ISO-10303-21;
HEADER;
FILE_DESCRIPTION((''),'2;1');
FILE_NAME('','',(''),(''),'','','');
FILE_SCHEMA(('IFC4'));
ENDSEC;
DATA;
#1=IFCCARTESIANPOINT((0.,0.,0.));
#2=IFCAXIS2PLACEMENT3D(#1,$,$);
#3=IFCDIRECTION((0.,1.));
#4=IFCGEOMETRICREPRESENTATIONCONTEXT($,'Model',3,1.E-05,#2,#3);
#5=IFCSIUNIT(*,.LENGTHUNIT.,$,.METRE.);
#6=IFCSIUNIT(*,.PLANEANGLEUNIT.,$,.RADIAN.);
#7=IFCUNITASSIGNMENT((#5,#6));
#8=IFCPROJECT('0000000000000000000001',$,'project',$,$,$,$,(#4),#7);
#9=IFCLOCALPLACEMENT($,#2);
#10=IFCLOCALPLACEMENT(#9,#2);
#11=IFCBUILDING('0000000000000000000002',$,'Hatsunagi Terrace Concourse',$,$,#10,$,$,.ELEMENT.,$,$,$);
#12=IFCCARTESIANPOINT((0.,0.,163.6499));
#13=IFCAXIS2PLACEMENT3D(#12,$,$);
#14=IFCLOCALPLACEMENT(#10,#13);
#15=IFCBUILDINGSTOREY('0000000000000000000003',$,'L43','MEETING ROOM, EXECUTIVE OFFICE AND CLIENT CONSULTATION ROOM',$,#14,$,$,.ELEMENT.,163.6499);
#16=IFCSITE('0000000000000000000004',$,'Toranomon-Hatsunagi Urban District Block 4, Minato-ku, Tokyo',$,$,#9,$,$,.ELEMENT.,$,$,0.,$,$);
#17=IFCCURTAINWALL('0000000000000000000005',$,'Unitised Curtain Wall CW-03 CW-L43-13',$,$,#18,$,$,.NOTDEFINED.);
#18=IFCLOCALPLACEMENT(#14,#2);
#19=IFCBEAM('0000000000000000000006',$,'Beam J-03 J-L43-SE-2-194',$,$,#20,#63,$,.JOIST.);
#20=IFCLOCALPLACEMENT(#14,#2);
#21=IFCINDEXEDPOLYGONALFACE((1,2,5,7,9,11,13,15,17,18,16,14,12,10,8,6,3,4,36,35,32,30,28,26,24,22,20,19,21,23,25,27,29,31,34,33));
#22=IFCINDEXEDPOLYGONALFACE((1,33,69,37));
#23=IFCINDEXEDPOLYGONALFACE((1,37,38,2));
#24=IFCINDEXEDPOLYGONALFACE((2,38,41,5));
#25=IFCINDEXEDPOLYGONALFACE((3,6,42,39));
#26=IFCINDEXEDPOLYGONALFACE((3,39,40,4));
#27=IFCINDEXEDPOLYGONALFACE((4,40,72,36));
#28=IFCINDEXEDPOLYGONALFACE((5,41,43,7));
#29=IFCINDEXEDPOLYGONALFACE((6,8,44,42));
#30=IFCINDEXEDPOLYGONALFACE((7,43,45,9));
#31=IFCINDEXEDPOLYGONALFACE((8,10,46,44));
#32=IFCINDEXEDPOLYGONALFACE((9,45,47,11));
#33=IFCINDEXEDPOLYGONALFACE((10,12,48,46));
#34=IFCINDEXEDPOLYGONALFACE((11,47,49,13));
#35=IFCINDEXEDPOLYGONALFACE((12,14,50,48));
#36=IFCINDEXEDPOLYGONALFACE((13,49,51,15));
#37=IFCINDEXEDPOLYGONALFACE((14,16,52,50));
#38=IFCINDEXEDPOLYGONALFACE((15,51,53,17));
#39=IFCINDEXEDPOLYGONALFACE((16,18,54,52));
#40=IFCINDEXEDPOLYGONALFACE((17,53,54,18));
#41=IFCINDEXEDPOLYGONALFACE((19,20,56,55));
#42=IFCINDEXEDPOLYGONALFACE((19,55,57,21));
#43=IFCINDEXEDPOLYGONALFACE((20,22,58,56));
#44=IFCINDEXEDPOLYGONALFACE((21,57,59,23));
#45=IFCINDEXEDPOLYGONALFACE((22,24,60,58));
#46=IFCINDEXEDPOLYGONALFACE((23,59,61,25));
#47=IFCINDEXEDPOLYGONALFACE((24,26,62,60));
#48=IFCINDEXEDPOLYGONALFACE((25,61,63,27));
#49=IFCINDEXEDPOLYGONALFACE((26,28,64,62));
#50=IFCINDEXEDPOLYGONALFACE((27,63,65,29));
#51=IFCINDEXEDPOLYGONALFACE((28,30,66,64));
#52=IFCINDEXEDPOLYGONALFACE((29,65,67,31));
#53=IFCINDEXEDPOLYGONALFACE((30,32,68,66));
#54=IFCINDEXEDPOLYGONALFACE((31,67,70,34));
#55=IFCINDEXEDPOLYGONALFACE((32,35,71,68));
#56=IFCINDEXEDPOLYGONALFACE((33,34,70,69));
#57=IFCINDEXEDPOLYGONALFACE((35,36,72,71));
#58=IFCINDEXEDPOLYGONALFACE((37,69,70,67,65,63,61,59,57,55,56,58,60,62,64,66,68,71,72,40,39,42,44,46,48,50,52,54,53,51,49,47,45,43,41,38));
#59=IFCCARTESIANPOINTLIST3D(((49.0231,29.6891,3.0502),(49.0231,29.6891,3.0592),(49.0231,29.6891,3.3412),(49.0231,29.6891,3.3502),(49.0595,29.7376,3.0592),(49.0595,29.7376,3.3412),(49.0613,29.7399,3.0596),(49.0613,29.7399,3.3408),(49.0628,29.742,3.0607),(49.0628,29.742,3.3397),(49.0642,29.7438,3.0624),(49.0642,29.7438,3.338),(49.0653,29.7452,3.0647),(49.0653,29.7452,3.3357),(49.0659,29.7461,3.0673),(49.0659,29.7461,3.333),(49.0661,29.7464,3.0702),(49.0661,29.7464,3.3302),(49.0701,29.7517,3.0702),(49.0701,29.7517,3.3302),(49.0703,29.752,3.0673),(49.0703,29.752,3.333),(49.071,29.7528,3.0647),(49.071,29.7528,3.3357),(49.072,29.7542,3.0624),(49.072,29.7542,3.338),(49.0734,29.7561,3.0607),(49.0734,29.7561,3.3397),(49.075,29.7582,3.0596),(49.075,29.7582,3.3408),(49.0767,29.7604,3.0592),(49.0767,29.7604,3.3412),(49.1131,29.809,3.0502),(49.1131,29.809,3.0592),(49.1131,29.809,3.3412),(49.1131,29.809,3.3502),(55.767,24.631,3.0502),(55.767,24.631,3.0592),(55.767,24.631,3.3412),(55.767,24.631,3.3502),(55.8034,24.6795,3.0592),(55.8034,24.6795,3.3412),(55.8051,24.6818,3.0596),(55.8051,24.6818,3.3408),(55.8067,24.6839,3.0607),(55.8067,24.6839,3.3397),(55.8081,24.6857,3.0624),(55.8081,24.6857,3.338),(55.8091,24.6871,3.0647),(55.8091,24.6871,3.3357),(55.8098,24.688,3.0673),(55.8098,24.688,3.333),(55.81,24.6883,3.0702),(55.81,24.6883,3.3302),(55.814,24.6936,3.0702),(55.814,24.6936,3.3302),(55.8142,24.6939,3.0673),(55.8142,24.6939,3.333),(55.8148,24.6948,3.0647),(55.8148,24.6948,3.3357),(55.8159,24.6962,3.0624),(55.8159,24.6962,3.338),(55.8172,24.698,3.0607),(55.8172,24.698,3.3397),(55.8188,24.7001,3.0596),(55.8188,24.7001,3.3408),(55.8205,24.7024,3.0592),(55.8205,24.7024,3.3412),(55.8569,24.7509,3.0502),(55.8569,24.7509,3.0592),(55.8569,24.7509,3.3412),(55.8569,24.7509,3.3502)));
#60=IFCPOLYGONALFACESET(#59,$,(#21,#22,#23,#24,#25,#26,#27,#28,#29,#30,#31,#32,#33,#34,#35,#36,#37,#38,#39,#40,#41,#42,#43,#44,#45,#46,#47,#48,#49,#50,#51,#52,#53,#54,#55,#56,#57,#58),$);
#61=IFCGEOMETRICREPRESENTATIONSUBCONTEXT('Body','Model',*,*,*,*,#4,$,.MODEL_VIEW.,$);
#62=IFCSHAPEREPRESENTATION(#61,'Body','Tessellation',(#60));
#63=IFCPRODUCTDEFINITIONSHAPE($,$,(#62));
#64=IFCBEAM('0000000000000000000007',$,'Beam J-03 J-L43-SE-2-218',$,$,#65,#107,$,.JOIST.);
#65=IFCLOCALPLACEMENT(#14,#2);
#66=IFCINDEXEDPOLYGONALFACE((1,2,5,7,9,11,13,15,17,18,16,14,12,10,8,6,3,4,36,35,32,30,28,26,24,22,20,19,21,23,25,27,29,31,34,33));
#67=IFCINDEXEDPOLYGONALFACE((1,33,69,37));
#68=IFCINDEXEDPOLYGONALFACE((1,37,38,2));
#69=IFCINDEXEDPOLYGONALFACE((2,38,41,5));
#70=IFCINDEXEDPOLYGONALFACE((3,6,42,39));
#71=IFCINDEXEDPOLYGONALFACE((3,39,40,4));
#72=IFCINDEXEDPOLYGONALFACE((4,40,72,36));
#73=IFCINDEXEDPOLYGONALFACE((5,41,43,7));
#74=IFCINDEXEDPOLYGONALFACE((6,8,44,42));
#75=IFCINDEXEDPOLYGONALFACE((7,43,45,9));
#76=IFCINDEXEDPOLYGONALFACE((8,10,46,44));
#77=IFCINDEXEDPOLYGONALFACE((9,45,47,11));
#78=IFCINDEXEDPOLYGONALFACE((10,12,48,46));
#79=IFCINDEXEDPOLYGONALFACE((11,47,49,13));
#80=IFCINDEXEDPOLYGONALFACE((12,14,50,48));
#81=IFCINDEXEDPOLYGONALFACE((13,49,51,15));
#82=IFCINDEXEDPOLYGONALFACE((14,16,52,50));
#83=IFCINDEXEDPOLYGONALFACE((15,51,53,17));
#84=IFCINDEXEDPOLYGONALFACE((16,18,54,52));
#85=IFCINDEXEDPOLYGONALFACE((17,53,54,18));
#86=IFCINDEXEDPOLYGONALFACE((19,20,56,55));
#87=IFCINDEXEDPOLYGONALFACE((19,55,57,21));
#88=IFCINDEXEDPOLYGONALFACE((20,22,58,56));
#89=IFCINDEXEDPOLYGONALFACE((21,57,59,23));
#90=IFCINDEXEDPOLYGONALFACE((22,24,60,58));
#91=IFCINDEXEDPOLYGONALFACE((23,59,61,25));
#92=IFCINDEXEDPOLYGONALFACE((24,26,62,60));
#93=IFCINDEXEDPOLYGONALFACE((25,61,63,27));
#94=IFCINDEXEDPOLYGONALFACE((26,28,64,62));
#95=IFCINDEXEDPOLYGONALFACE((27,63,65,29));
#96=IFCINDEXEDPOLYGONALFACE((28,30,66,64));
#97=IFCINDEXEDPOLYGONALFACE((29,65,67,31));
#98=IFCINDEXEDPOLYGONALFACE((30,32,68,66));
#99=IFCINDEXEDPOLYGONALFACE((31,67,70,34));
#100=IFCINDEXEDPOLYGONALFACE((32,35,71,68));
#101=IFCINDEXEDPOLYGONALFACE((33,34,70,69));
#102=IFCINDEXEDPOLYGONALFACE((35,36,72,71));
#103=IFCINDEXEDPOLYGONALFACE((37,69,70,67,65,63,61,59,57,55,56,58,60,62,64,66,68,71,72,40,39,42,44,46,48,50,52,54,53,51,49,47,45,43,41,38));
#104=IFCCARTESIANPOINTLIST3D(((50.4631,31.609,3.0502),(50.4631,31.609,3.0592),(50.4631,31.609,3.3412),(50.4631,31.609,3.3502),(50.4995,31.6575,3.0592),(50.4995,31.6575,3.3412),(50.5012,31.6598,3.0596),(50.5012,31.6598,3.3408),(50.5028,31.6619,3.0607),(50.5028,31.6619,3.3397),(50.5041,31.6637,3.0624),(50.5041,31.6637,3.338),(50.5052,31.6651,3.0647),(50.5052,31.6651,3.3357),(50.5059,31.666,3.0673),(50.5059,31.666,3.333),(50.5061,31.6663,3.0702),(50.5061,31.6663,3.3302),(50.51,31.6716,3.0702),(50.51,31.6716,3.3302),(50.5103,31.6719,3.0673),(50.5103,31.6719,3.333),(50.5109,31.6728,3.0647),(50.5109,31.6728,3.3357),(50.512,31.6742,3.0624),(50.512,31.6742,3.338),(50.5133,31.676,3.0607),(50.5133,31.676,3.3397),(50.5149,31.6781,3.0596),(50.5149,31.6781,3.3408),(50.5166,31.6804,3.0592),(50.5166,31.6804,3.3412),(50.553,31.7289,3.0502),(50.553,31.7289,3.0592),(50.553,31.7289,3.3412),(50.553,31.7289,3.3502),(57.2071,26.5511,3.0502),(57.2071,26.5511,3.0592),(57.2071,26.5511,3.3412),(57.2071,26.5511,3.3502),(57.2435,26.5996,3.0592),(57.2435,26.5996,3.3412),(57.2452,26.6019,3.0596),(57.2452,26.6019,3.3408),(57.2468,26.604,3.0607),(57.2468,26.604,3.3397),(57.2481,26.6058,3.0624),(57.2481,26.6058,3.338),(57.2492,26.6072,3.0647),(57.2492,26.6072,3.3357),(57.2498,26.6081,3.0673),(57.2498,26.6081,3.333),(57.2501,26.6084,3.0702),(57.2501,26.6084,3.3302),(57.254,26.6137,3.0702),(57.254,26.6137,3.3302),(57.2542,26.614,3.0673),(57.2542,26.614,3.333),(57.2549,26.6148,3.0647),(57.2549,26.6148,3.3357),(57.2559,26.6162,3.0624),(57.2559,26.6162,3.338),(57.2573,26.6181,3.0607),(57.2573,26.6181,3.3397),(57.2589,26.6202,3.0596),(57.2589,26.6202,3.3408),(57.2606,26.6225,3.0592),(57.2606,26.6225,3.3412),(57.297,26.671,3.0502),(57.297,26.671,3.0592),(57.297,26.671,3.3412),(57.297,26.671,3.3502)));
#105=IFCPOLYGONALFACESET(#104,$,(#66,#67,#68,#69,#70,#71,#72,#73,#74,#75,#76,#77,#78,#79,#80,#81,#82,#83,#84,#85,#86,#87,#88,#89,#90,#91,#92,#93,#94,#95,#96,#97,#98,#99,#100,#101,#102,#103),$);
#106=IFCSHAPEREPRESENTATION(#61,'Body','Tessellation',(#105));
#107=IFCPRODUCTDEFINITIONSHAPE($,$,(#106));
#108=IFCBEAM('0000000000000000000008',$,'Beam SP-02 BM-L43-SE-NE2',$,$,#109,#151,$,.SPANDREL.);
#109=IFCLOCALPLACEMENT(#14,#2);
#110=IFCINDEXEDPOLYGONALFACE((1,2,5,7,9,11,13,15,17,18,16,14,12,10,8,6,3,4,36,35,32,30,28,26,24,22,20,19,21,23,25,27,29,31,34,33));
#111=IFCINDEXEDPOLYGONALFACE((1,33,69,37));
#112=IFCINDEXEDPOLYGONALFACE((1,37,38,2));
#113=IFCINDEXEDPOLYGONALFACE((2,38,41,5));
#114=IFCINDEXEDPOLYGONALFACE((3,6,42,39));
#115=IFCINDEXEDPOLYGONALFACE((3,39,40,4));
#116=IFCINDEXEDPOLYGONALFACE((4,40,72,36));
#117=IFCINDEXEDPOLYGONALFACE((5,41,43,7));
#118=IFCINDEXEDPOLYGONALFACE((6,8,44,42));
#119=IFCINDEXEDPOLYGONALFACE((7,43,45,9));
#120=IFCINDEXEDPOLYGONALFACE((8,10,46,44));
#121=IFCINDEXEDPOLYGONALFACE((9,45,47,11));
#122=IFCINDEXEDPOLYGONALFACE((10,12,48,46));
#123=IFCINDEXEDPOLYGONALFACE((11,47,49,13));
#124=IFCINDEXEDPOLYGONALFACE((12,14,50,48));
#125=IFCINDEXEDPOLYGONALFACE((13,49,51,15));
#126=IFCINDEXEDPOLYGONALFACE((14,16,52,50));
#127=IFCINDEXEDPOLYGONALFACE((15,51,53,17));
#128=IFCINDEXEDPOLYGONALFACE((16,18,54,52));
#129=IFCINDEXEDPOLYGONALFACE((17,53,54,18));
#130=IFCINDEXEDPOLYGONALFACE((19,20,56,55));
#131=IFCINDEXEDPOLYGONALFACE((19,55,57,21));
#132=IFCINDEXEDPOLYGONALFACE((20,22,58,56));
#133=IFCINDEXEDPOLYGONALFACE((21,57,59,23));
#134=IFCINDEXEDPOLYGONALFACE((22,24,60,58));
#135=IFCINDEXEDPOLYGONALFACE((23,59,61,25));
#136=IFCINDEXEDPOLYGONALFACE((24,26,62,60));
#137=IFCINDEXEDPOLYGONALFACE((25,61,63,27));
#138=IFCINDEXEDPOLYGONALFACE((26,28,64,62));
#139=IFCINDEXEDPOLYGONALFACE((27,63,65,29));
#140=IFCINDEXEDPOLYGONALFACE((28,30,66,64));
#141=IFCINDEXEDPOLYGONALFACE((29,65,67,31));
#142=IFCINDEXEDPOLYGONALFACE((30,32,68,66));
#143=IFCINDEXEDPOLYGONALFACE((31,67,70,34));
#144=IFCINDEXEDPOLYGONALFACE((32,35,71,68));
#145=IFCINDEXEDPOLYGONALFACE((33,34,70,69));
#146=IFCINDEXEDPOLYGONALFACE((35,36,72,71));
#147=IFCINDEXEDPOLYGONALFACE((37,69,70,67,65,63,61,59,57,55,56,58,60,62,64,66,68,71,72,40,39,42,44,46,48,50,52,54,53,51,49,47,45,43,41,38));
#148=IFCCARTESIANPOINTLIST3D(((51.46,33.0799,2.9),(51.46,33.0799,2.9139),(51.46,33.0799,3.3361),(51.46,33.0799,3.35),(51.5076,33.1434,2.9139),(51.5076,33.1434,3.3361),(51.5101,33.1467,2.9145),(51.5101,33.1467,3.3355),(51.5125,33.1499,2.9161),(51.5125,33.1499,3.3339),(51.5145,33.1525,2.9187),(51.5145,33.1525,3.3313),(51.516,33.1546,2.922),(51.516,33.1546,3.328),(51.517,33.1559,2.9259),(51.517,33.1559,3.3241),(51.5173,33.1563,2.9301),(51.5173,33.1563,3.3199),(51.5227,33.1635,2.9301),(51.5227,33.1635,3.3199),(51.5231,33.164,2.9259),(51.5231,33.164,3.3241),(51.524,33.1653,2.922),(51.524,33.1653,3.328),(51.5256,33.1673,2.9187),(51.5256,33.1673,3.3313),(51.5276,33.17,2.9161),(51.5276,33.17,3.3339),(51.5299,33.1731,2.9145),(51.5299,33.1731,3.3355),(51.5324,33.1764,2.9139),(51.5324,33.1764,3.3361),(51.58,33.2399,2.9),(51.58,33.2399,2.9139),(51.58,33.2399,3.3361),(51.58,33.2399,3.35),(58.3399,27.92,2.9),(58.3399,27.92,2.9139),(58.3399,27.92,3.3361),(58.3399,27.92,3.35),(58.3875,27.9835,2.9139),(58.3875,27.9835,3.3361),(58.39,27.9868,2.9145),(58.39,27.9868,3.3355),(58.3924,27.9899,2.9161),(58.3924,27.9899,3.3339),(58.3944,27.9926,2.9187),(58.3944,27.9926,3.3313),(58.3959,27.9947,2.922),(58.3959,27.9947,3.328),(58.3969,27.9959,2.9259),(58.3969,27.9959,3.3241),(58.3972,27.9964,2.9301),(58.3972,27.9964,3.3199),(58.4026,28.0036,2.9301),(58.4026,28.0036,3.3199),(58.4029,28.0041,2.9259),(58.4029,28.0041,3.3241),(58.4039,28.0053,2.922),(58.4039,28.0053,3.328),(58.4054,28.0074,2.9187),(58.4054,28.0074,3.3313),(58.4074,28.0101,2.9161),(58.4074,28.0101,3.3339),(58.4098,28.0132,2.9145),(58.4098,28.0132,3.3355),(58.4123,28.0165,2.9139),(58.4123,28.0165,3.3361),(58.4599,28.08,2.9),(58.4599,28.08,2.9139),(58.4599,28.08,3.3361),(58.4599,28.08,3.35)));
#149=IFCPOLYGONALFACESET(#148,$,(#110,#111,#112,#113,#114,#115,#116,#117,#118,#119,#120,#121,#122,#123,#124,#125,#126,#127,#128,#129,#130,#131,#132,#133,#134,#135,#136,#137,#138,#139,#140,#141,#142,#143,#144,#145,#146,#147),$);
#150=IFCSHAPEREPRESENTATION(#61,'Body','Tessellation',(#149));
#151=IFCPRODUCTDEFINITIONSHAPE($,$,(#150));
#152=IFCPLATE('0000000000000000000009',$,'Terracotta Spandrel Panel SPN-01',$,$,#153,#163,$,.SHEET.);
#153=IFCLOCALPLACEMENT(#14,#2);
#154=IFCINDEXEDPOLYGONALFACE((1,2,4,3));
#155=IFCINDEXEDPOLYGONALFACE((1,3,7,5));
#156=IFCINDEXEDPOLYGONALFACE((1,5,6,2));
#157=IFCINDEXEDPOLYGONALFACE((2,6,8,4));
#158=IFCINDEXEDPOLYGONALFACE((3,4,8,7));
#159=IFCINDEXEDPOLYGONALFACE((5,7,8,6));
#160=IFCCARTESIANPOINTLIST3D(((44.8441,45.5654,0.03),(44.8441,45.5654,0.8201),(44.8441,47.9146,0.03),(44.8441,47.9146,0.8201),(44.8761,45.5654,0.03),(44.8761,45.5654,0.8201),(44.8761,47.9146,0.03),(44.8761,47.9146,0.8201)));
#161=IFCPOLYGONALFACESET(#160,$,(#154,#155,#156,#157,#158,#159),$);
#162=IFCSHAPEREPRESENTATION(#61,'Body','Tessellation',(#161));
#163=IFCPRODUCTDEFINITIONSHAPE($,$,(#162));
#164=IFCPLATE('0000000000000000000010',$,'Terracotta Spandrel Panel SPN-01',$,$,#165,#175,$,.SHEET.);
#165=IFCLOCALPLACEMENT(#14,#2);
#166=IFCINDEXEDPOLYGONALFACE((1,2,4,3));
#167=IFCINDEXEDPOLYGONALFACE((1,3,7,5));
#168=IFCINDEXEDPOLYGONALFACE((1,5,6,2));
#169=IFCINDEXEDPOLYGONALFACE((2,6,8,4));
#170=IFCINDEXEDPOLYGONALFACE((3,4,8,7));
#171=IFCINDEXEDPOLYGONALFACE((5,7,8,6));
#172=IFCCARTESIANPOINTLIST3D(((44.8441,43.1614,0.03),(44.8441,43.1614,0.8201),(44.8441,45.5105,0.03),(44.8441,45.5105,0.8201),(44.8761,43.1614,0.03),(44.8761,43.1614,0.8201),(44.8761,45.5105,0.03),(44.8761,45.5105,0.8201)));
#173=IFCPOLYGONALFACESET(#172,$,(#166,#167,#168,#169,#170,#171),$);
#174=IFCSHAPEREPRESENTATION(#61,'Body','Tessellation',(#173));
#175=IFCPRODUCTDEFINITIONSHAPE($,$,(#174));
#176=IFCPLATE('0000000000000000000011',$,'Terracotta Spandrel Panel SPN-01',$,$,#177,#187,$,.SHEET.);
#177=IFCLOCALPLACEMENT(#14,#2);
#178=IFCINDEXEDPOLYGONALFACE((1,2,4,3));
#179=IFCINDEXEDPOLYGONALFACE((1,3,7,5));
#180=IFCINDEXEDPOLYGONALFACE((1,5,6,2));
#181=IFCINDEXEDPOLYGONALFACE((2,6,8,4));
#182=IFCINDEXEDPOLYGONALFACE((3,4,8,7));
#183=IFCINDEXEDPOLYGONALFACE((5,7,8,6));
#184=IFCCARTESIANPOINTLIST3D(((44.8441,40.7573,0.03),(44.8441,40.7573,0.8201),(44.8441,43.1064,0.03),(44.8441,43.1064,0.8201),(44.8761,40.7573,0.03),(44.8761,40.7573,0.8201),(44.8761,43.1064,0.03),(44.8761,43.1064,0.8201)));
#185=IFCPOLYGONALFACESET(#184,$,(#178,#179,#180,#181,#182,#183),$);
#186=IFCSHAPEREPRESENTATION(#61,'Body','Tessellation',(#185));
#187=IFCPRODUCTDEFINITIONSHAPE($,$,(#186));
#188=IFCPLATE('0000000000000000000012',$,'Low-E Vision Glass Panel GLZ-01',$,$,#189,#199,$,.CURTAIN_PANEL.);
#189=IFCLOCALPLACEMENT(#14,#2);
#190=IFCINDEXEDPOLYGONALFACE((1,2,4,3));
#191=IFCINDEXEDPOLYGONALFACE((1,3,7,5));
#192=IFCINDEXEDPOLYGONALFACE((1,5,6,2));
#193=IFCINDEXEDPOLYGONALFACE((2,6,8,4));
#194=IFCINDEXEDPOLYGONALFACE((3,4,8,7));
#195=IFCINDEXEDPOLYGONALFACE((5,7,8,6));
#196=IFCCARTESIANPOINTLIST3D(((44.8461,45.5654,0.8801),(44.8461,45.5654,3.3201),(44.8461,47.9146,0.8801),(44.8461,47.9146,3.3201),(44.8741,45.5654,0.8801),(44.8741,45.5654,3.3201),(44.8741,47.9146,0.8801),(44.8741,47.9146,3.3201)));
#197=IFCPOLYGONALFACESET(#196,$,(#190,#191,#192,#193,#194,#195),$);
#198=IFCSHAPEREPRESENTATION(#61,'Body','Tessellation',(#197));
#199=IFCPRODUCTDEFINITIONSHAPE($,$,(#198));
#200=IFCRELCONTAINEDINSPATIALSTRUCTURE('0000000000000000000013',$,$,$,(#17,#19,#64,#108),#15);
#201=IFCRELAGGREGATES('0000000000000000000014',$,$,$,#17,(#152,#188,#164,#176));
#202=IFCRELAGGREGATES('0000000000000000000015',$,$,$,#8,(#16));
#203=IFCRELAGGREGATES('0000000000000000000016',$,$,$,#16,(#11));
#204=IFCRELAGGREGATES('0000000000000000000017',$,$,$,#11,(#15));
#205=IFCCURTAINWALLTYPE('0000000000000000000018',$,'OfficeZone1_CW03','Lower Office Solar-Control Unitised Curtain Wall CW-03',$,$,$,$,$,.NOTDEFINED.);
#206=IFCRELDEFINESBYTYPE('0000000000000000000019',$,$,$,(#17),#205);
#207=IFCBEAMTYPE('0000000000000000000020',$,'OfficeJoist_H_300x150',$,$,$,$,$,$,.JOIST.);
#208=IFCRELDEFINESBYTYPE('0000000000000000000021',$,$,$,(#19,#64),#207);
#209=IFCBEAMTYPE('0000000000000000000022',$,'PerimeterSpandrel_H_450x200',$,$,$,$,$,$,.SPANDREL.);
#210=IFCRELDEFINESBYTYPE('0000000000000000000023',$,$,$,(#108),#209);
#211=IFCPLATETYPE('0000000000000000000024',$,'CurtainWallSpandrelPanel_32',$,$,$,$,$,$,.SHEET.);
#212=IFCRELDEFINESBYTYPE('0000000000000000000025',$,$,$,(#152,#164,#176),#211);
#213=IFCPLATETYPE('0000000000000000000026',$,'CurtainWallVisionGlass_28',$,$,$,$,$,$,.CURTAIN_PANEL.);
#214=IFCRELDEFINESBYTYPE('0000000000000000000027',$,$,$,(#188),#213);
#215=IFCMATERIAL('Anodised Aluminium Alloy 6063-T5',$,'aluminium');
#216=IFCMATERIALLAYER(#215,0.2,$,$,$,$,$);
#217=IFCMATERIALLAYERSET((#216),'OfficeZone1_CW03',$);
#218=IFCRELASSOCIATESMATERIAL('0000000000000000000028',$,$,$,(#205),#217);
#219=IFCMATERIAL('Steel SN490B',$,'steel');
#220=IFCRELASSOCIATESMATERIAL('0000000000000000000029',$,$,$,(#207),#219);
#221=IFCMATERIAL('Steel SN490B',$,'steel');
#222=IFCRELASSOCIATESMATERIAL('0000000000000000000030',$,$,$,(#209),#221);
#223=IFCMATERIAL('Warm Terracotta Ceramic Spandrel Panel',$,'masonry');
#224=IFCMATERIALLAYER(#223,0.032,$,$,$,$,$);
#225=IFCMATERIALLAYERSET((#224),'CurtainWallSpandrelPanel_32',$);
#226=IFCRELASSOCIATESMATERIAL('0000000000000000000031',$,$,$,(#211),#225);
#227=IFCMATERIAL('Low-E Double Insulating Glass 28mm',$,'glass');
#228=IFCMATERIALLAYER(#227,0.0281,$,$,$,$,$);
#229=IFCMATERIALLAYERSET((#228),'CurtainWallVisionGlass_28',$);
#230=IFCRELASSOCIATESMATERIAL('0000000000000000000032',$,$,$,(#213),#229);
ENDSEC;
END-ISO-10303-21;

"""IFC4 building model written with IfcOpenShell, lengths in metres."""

from ifc_helpers import new_model, si_unit, direction, frame, origin, origin_2d, place, context, subcontext, project, spatial, rectangle, i_section, extrude, material, layer, layer_set, material_profile, profile_set, type_object, element, aggregate, save


model = new_model("IFC4")

# Units and contexts
model_context = context("Model", 3, precision=1e-05, world=origin(), true_north=direction((0.0, 1.0)))
body_context = subcontext(model_context, "Body", "Model", "MODEL_VIEW")
ifc_project = project(units=[si_unit("LENGTHUNIT", "METRE"), si_unit("PLANEANGLEUNIT", "RADIAN")], contexts=[model_context])

# Site, building, storey
site_placement = place(None, origin())
site = spatial("IfcSite", under=ifc_project, at=site_placement, Name="Toranomon-Hatsunagi Urban District Block 4, Minato-ku, Tokyo", CompositionType="ELEMENT", RefElevation=0.0)
building_placement = place(site_placement, origin())
building = spatial("IfcBuilding", under=site, at=building_placement, Name="Hatsunagi Terrace Concourse", CompositionType="ELEMENT")
storey_placement = place(building_placement, frame((0.0, 0.0, 163.6499)))
storey = spatial("IfcBuildingStorey", under=building, at=storey_placement, Name="L43", Description="MEETING ROOM, EXECUTIVE OFFICE AND CLIENT CONSULTATION ROOM", CompositionType="ELEMENT", Elevation=163.6499)

# Curtain wall
ifc_material_1 = material(Name="Anodised Aluminium Alloy 6063-T5", Category="aluminium")
ifc_layer_1 = layer(ifc_material_1, 0.2)
ifc_layer_set_1 = layer_set([ifc_layer_1], Name="OfficeZone1_CW03")
curtain_wall_type = type_object("IfcCurtainWallType", Name="OfficeZone1_CW03", Description="Lower Office Solar-Control Unitised Curtain Wall CW-03", PredefinedType="NOTDEFINED", material=ifc_layer_set_1)
curtain_wall_placement = place(storey_placement, origin())
curtain_wall = element("IfcCurtainWall", 1, at=curtain_wall_placement, inside=storey, type_object=curtain_wall_type, Name="Unitised Curtain Wall CW-03 CW-L43-13", PredefinedType="NOTDEFINED")

# Beams
ifc_material_2 = material(Name="Steel SN490B", Category="steel")
ifc_material_profile_1 = material_profile(ifc_material_2, i_section(OverallWidth=0.1499, OverallDepth=0.3, WebThickness=0.0066, FlangeThickness=0.009, FilletRadius=0.011, at=origin_2d()), Name="H-300x150x6.5x9")
ifc_profile_set_1 = profile_set([ifc_material_profile_1], Name="Steel SN490B")
beam_type_1 = type_object("IfcBeamType", Name="OfficeJoist_H_300x150", PredefinedType="JOIST", material=ifc_profile_set_1)
for number, where, z_axis, x_axis, name in (
    (2, (49.0681, 29.749, 3.2002), (0.79999, -0.600014, 0.0), (0.600014, 0.79999, 0.0), "Beam J-03 J-L43-SE-2-194"),
    (3, (50.5081, 31.6689, 3.2002), (0.800003, -0.599995, 0.0), (0.599995, 0.800003, 0.0), "Beam J-03 J-L43-SE-2-218"),
):
    element("IfcBeam", number, at=place(storey_placement, frame(where, z_axis=z_axis, x_axis=x_axis)), inside=storey, type_object=beam_type_1, Name=name, PredefinedType="JOIST", context=body_context, shape_type="SweptSolid", body=[
        extrude(i_section(OverallWidth=0.1499, OverallDepth=0.3, WebThickness=0.0066, FlangeThickness=0.009, FilletRadius=0.011, at=origin_2d()), origin(), (0.0, 0.0, 1.0), 8.4299),
    ])
ifc_material_3 = material(Name="Steel SN490B", Category="steel")
ifc_material_profile_2 = material_profile(ifc_material_3, i_section(OverallWidth=0.2, OverallDepth=0.45, WebThickness=0.009, FlangeThickness=0.0139, FilletRadius=0.0161, at=origin_2d()), Name="H-450x200x9x14")
ifc_profile_set_2 = profile_set([ifc_material_profile_2], Name="Steel SN490B")
beam_type_2 = type_object("IfcBeamType", Name="PerimeterSpandrel_H_450x200", PredefinedType="SPANDREL", material=ifc_profile_set_2)
beam_placement = place(storey_placement, frame((51.52, 33.1599, 3.125), z_axis=(0.8, -0.6, 0.0), x_axis=(0.6, 0.8, 0.0)))
element("IfcBeam", 4, at=beam_placement, inside=storey, type_object=beam_type_2, Name="Beam SP-02 BM-L43-SE-NE2", PredefinedType="SPANDREL", context=body_context, shape_type="SweptSolid", body=[
    extrude(i_section(OverallWidth=0.2, OverallDepth=0.45, WebThickness=0.009, FlangeThickness=0.0139, FilletRadius=0.0161, at=origin_2d()), origin(), (0.0, 0.0, 1.0), 8.5999),
])

# Plates
ifc_material_4 = material(Name="Warm Terracotta Ceramic Spandrel Panel", Category="masonry")
ifc_layer_2 = layer(ifc_material_4, 0.032)
ifc_layer_set_2 = layer_set([ifc_layer_2], Name="CurtainWallSpandrelPanel_32")
plate_type_1 = type_object("IfcPlateType", Name="CurtainWallSpandrelPanel_32", PredefinedType="SHEET", material=ifc_layer_set_2)
plate_1_placement = place(storey_placement, frame((44.8601, 46.74, 0.03), z_axis=(0.0, 0.0, 1.0), x_axis=(0.0, -1.0, 0.0)))
plate_1 = element("IfcPlate", 5, at=plate_1_placement, type_object=plate_type_1, Name="Terracotta Spandrel Panel SPN-01", PredefinedType="SHEET", context=body_context, shape_type="SweptSolid", body=[
    extrude(rectangle(XDim=2.3491, YDim=0.032, at=origin_2d()), origin(), (0.0, 0.0, 1.0), 0.79),
])
plate_2_placement = place(storey_placement, frame((44.8601, 44.3359, 0.03), z_axis=(0.0, 0.0, 1.0), x_axis=(0.0, -1.0, 0.0)))
plate_2 = element("IfcPlate", 6, at=plate_2_placement, type_object=plate_type_1, Name="Terracotta Spandrel Panel SPN-01", PredefinedType="SHEET", context=body_context, shape_type="SweptSolid", body=[
    extrude(rectangle(XDim=2.3491, YDim=0.032, at=origin_2d()), origin(), (0.0, 0.0, 1.0), 0.79),
])
plate_3_placement = place(storey_placement, frame((44.8601, 41.9319, 0.03), z_axis=(0.0, 0.0, 1.0), x_axis=(0.0, -1.0, 0.0)))
plate_3 = element("IfcPlate", 7, at=plate_3_placement, type_object=plate_type_1, Name="Terracotta Spandrel Panel SPN-01", PredefinedType="SHEET", context=body_context, shape_type="SweptSolid", body=[
    extrude(rectangle(XDim=2.3491, YDim=0.032, at=origin_2d()), origin(), (0.0, 0.0, 1.0), 0.79),
])
ifc_material_5 = material(Name="Low-E Double Insulating Glass 28mm", Category="glass")
ifc_layer_3 = layer(ifc_material_5, 0.0281)
ifc_layer_set_3 = layer_set([ifc_layer_3], Name="CurtainWallVisionGlass_28")
plate_type_2 = type_object("IfcPlateType", Name="CurtainWallVisionGlass_28", PredefinedType="CURTAIN_PANEL", material=ifc_layer_set_3)
plate_4_placement = place(storey_placement, frame((44.8601, 46.74, 0.8801), z_axis=(0.0, 0.0, 1.0), x_axis=(0.0, -1.0, 0.0)))
plate_4 = element("IfcPlate", 8, at=plate_4_placement, type_object=plate_type_2, Name="Low-E Vision Glass Panel GLZ-01", PredefinedType="CURTAIN_PANEL", context=body_context, shape_type="SweptSolid", body=[
    extrude(rectangle(XDim=2.3491, YDim=0.0281, at=origin_2d()), origin(), (0.0, 0.0, 1.0), 2.4399),
])
aggregate(curtain_wall, [plate_1, plate_4, plate_2, plate_3])

save(model, "model.ifc")
